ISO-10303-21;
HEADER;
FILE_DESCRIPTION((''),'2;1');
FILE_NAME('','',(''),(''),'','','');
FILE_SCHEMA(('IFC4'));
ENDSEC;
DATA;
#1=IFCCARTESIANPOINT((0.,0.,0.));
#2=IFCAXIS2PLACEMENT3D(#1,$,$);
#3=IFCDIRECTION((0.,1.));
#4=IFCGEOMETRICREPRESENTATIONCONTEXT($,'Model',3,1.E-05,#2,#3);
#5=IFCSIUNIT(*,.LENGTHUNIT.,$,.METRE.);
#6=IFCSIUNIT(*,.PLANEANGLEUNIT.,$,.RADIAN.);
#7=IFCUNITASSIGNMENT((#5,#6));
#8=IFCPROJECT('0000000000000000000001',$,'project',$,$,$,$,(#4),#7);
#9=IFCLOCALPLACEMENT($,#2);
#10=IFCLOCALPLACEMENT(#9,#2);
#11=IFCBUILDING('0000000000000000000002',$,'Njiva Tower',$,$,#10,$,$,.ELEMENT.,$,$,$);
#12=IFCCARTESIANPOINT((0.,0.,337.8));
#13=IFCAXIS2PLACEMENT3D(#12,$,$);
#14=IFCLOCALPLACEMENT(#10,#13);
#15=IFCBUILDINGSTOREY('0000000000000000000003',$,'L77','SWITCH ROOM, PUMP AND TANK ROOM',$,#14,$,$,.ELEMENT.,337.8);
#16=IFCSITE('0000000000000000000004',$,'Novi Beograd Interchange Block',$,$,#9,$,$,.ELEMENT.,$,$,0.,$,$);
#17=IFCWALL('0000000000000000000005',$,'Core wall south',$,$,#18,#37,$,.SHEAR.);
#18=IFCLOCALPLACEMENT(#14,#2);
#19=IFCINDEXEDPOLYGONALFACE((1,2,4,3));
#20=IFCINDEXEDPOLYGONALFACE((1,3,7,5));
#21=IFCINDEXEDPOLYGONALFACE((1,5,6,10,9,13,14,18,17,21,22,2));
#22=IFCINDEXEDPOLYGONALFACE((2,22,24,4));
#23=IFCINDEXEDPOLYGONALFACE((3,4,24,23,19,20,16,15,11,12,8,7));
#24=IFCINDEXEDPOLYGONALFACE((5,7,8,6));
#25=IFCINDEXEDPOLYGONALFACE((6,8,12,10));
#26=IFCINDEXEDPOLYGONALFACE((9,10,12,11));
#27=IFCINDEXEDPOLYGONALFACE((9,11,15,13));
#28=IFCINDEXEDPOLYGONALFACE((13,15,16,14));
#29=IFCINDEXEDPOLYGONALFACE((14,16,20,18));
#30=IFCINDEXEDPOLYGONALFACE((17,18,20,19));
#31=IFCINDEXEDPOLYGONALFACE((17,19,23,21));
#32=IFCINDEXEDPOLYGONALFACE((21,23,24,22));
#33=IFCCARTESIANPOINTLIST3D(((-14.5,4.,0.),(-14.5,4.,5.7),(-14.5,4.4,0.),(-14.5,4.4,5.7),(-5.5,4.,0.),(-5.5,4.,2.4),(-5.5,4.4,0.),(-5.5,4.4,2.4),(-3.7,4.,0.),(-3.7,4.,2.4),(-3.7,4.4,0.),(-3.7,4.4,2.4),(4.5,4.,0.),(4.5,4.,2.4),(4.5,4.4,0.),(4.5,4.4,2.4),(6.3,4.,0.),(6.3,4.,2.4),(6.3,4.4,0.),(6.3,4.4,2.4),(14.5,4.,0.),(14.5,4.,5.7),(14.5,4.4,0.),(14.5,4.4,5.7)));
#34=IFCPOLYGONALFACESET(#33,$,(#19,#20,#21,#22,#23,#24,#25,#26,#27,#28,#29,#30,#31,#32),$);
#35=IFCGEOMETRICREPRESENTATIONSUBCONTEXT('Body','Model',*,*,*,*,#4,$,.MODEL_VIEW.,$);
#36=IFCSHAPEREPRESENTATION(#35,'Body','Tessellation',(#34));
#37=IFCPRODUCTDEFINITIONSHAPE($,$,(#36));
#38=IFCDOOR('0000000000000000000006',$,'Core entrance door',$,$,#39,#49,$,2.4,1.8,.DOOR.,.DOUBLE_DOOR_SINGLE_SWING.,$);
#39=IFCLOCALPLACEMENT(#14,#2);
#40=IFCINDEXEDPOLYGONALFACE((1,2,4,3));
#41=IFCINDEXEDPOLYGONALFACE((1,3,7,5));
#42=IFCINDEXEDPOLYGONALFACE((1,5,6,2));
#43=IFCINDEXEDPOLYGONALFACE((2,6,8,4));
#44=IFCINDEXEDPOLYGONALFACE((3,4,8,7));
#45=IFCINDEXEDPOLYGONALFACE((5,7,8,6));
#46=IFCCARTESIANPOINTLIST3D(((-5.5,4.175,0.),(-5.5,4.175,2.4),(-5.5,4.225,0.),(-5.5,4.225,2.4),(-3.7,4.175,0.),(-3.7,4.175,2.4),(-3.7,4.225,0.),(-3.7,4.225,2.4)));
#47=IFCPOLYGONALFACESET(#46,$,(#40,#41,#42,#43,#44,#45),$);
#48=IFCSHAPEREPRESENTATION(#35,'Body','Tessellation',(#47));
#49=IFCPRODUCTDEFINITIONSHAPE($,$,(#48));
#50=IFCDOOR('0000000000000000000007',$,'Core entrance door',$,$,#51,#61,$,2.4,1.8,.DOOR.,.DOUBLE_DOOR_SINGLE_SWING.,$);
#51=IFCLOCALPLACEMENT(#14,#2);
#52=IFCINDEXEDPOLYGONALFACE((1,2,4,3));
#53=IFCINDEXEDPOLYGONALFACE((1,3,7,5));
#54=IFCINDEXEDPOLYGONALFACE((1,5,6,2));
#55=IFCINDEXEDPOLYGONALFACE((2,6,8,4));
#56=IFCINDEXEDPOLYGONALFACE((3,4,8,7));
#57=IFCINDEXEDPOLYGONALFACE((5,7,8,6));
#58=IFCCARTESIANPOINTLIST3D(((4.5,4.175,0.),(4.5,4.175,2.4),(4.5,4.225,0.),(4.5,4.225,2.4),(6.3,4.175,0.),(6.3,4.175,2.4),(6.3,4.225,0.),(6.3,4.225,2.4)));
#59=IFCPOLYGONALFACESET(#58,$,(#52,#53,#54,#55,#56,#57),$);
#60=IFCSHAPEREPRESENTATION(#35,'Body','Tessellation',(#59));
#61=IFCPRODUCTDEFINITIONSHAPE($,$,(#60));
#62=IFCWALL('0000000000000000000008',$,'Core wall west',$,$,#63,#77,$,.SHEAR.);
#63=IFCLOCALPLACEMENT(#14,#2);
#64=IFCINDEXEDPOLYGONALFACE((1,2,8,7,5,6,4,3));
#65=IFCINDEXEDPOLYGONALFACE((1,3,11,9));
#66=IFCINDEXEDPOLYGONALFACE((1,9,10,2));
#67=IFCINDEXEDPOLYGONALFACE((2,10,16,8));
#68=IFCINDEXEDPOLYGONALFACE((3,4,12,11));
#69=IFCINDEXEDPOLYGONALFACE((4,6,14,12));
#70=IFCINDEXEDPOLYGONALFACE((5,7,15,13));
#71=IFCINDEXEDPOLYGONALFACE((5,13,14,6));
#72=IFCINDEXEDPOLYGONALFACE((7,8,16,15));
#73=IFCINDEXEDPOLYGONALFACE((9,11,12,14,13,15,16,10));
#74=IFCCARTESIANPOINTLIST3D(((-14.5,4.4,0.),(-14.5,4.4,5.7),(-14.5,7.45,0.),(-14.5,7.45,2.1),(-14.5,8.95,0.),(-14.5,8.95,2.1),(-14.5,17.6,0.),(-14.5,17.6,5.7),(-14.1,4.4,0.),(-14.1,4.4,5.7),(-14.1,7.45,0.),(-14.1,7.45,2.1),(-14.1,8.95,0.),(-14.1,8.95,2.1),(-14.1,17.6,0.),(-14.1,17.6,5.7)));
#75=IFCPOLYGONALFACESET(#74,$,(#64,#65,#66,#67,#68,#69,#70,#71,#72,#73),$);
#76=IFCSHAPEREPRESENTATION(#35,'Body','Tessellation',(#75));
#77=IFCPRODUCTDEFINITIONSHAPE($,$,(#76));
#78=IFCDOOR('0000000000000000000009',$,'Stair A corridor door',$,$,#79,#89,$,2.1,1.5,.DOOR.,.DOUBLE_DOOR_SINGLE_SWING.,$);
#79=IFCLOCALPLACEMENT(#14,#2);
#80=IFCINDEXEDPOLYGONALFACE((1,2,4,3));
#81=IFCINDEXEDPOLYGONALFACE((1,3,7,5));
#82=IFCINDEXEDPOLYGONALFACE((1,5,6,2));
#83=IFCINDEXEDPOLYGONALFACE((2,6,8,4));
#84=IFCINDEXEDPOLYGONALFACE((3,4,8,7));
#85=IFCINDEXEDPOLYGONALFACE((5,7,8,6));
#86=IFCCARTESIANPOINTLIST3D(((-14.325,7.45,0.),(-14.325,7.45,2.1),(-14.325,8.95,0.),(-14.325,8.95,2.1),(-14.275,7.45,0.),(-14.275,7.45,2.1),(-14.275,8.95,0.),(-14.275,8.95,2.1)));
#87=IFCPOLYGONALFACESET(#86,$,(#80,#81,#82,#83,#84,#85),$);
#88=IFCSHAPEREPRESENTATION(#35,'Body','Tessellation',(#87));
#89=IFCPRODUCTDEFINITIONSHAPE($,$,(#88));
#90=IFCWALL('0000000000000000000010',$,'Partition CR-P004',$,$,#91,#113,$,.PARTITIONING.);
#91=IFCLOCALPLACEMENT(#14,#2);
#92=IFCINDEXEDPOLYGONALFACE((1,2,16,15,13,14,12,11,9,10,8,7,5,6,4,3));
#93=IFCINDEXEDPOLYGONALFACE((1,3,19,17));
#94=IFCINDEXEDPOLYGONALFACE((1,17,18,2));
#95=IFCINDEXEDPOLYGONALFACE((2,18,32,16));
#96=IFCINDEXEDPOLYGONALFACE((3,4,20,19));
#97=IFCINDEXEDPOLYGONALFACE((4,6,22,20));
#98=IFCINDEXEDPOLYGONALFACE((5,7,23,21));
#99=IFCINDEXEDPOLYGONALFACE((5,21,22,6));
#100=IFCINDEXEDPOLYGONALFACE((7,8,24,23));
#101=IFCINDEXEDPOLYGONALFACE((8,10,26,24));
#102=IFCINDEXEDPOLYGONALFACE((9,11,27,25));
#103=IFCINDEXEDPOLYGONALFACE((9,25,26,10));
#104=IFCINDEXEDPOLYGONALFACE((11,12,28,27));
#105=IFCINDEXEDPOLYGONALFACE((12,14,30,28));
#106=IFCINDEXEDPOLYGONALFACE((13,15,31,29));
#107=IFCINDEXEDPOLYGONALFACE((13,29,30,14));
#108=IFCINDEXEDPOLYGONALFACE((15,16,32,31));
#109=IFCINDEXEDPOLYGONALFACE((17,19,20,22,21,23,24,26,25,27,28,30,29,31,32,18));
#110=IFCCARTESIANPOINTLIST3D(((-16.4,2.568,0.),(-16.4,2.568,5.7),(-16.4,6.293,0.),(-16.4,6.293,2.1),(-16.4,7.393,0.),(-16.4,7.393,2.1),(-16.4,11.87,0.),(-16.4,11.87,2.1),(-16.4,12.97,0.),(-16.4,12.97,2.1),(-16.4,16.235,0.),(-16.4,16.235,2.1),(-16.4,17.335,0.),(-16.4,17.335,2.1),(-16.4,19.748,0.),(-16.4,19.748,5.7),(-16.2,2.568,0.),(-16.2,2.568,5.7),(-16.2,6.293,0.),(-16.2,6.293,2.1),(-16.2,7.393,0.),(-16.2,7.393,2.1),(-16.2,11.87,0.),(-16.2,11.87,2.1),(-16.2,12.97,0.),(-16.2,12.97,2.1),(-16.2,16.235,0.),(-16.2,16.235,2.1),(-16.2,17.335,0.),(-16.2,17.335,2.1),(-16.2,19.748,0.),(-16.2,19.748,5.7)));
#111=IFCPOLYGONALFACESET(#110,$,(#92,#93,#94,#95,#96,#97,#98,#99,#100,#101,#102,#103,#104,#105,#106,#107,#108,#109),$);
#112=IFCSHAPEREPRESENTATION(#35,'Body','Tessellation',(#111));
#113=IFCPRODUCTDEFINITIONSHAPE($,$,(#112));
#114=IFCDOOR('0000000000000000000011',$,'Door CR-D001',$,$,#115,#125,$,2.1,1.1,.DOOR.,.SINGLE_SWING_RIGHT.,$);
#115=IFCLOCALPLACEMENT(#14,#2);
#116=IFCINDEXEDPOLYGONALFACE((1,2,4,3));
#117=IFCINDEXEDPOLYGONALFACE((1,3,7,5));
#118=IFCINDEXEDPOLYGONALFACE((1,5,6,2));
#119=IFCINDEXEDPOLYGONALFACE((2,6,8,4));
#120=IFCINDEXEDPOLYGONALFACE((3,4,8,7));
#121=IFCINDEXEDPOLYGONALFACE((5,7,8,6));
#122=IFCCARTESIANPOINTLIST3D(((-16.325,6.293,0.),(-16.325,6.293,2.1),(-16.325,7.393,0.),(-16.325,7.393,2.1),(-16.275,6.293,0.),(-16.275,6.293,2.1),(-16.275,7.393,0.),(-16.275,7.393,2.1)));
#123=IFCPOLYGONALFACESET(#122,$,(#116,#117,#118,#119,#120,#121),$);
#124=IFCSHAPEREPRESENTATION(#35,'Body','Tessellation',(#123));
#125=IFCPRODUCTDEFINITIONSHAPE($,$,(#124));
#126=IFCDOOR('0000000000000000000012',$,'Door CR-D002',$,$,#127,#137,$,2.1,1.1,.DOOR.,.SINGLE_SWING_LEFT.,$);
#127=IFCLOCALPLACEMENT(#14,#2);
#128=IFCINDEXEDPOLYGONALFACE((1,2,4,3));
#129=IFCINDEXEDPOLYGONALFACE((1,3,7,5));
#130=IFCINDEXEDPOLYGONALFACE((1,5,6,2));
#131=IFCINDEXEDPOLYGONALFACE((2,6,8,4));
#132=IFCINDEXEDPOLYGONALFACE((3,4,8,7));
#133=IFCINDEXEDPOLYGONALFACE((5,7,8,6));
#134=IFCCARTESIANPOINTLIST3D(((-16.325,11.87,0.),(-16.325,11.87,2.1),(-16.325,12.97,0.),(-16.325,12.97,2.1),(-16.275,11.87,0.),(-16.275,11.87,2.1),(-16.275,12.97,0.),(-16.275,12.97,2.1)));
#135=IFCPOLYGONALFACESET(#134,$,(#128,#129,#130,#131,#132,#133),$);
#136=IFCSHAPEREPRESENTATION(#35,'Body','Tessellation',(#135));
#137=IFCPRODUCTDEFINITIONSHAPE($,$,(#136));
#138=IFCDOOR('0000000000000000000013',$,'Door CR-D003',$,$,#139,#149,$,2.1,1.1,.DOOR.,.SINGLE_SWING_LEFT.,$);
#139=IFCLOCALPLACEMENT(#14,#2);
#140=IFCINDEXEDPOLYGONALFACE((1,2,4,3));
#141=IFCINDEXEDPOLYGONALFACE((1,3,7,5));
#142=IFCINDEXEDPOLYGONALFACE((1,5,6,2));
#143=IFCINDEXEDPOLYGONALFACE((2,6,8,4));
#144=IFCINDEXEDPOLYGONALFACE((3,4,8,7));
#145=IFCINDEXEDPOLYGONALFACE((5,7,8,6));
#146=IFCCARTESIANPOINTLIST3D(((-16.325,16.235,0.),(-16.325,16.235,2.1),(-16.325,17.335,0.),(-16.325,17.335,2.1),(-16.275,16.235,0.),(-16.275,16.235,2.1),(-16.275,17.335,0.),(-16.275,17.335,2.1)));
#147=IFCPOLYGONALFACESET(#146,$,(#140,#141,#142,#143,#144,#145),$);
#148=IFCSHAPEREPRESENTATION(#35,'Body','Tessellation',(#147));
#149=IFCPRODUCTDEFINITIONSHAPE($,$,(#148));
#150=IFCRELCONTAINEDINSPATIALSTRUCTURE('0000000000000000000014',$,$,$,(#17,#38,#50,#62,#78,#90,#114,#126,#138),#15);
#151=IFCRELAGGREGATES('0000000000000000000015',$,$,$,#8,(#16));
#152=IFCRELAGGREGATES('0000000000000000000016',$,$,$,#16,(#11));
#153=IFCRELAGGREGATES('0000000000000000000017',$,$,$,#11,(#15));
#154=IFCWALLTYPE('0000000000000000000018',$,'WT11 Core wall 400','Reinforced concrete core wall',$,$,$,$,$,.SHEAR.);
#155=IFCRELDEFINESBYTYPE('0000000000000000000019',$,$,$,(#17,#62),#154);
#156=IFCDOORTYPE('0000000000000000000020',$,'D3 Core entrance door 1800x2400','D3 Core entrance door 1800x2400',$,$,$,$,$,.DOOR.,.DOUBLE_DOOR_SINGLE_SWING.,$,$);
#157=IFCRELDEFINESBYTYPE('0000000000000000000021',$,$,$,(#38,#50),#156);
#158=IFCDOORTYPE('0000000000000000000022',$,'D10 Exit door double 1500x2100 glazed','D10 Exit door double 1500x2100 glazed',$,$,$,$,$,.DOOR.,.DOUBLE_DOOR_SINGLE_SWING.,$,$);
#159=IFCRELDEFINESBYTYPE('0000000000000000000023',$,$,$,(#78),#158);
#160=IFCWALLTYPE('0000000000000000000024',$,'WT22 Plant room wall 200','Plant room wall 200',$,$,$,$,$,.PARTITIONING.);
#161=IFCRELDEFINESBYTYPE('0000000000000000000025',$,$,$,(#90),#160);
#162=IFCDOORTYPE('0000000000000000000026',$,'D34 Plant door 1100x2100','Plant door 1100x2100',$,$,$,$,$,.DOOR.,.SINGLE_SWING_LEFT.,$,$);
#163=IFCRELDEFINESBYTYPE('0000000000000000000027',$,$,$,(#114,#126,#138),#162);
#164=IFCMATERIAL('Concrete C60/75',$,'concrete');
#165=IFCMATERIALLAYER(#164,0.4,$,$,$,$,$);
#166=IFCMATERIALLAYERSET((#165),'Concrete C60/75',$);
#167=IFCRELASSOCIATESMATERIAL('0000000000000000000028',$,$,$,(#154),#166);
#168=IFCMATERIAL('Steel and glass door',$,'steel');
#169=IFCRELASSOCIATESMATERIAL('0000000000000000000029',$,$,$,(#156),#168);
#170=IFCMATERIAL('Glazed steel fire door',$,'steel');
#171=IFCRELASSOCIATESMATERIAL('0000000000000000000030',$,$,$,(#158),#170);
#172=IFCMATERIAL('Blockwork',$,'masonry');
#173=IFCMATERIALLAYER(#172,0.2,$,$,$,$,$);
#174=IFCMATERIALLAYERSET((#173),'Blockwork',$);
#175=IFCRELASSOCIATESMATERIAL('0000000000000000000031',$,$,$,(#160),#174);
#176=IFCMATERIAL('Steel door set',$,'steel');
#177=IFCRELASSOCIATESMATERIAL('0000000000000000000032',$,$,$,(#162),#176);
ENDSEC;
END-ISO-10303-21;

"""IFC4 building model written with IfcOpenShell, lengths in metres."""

from ifc_helpers import new_model, si_unit, direction, frame, frame_2d, origin, place, context, subcontext, project, spatial, rectangle, extrude, material, layer, layer_set, type_object, element, fill, save


model = new_model("IFC4")

# Units and contexts
model_context = context("Model", 3, precision=1e-05, world=origin(), true_north=direction((0.0, 1.0)))
body_context = subcontext(model_context, "Body", "Model", "MODEL_VIEW")
ifc_project = project(units=[si_unit("LENGTHUNIT", "METRE"), si_unit("PLANEANGLEUNIT", "RADIAN")], contexts=[model_context])

# Site, building, storey
site_placement = place(None, origin())
site = spatial("IfcSite", under=ifc_project, at=site_placement, Name="Novi Beograd Interchange Block", CompositionType="ELEMENT", RefElevation=0.0)
building_placement = place(site_placement, origin())
building = spatial("IfcBuilding", under=site, at=building_placement, Name="Njiva Tower", CompositionType="ELEMENT")
storey_placement = place(building_placement, frame((0.0, 0.0, 337.8)))
storey = spatial("IfcBuildingStorey", under=building, at=storey_placement, Name="L77", Description="SWITCH ROOM, PUMP AND TANK ROOM", CompositionType="ELEMENT", Elevation=337.8)

# Wall, openings, doors
ifc_material_1 = material(Name="Concrete C60/75", Category="concrete")
ifc_layer_1 = layer(ifc_material_1, 0.4)
ifc_layer_set_1 = layer_set([ifc_layer_1], Name="Concrete C60/75")
wall_type_1 = type_object("IfcWallType", Name="WT11 Core wall 400", Description="Reinforced concrete core wall", PredefinedType="SHEAR", material=ifc_layer_set_1)
wall_1_placement = place(storey_placement, frame((-14.5, 4.2, 0.0), z_axis=(0.0, 0.0, 1.0), x_axis=(1.0, 0.0, 0.0)))
wall_1 = element("IfcWall", 1, at=wall_1_placement, inside=storey, type_object=wall_type_1, Name="Core wall south", PredefinedType="SHEAR", context=body_context, shape_type="SweptSolid", body=[
    extrude(rectangle(XDim=29.0, YDim=0.4, at=frame_2d((14.5, 0.0))), origin(), (0.0, 0.0, 1.0), 5.7),
])
opening_1_placement = place(wall_1_placement, frame((9.0, 0.0, 0.0)))
opening_1 = element("IfcOpeningElement", 2, at=opening_1_placement, cuts=wall_1, PredefinedType="OPENING", context=body_context, shape_type="SweptSolid", body=[
    extrude(rectangle(XDim=1.8, YDim=2.4, at=frame_2d((0.9, 1.2))), frame((0.0, 0.21, 0.0), z_axis=(0.0, -1.0, 0.0), x_axis=(1.0, 0.0, 0.0)), (0.0, 0.0, 1.0), 0.42),
])
opening_2_placement = place(wall_1_placement, frame((19.0, 0.0, 0.0)))
opening_2 = element("IfcOpeningElement", 3, at=opening_2_placement, cuts=wall_1, PredefinedType="OPENING", context=body_context, shape_type="SweptSolid", body=[
    extrude(rectangle(XDim=1.8, YDim=2.4, at=frame_2d((0.9, 1.2))), frame((0.0, 0.21, 0.0), z_axis=(0.0, -1.0, 0.0), x_axis=(1.0, 0.0, 0.0)), (0.0, 0.0, 1.0), 0.42),
])
ifc_material_2 = material(Name="Steel and glass door", Category="steel")
door_type_1 = type_object("IfcDoorType", Name="D3 Core entrance door 1800x2400", Description="D3 Core entrance door 1800x2400", OperationType="DOUBLE_DOOR_SINGLE_SWING", PredefinedType="DOOR", material=ifc_material_2)
door_1_placement = place(opening_1_placement, origin())
door_1 = element("IfcDoor", 4, at=door_1_placement, inside=storey, type_object=door_type_1, Name="Core entrance door", OperationType="DOUBLE_DOOR_SINGLE_SWING", OverallHeight=2.4, OverallWidth=1.8, PredefinedType="DOOR", context=body_context, shape_type="SweptSolid", body=[
    extrude(rectangle(XDim=1.8, YDim=2.4, at=frame_2d((0.9, 1.2))), frame((0.0, 0.025, 0.0), z_axis=(0.0, -1.0, 0.0), x_axis=(1.0, 0.0, 0.0)), (0.0, 0.0, 1.0), 0.05),
])
fill(opening_1, door_1)
door_2_placement = place(opening_2_placement, origin())
door_2 = element("IfcDoor", 5, at=door_2_placement, inside=storey, type_object=door_type_1, Name="Core entrance door", OperationType="DOUBLE_DOOR_SINGLE_SWING", OverallHeight=2.4, OverallWidth=1.8, PredefinedType="DOOR", context=body_context, shape_type="SweptSolid", body=[
    extrude(rectangle(XDim=1.8, YDim=2.4, at=frame_2d((0.9, 1.2))), frame((0.0, 0.025, 0.0), z_axis=(0.0, -1.0, 0.0), x_axis=(1.0, 0.0, 0.0)), (0.0, 0.0, 1.0), 0.05),
])
fill(opening_2, door_2)

# Wall, opening, door
wall_2_placement = place(storey_placement, frame((-14.3, 4.4, 0.0), z_axis=(0.0, 0.0, 1.0), x_axis=(0.0, 1.0, 0.0)))
wall_2 = element("IfcWall", 6, at=wall_2_placement, inside=storey, type_object=wall_type_1, Name="Core wall west", PredefinedType="SHEAR", context=body_context, shape_type="SweptSolid", body=[
    extrude(rectangle(XDim=13.2, YDim=0.4, at=frame_2d((6.6, 0.0))), origin(), (0.0, 0.0, 1.0), 5.7),
])
opening_3_placement = place(wall_2_placement, frame((3.05, 0.0, 0.0)))
opening_3 = element("IfcOpeningElement", 7, at=opening_3_placement, cuts=wall_2, PredefinedType="OPENING", context=body_context, shape_type="SweptSolid", body=[
    extrude(rectangle(XDim=1.5, YDim=2.1, at=frame_2d((0.75, 1.05))), frame((0.0, 0.21, 0.0), z_axis=(0.0, -1.0, 0.0), x_axis=(1.0, 0.0, 0.0)), (0.0, 0.0, 1.0), 0.42),
])
ifc_material_3 = material(Name="Glazed steel fire door", Category="steel")
door_type_2 = type_object("IfcDoorType", Name="D10 Exit door double 1500x2100 glazed", Description="D10 Exit door double 1500x2100 glazed", OperationType="DOUBLE_DOOR_SINGLE_SWING", PredefinedType="DOOR", material=ifc_material_3)
door_3_placement = place(opening_3_placement, origin())
door_3 = element("IfcDoor", 8, at=door_3_placement, inside=storey, type_object=door_type_2, Name="Stair A corridor door", OperationType="DOUBLE_DOOR_SINGLE_SWING", OverallHeight=2.1, OverallWidth=1.5, PredefinedType="DOOR", context=body_context, shape_type="SweptSolid", body=[
    extrude(rectangle(XDim=1.5, YDim=2.1, at=frame_2d((0.75, 1.05))), frame((0.0, 0.025, 0.0), z_axis=(0.0, -1.0, 0.0), x_axis=(1.0, 0.0, 0.0)), (0.0, 0.0, 1.0), 0.05),
])
fill(opening_3, door_3)

# Wall, openings, doors
ifc_material_4 = material(Name="Blockwork", Category="masonry")
ifc_layer_2 = layer(ifc_material_4, 0.2)
ifc_layer_set_2 = layer_set([ifc_layer_2], Name="Blockwork")
wall_type_2 = type_object("IfcWallType", Name="WT22 Plant room wall 200", Description="Plant room wall 200", PredefinedType="PARTITIONING", material=ifc_layer_set_2)
wall_3_placement = place(storey_placement, frame((-16.3, 2.568, 0.0), z_axis=(0.0, 0.0, 1.0), x_axis=(0.0, 1.0, 0.0)))
wall_3 = element("IfcWall", 9, at=wall_3_placement, inside=storey, type_object=wall_type_2, Name="Partition CR-P004", PredefinedType="PARTITIONING", context=body_context, shape_type="SweptSolid", body=[
    extrude(rectangle(XDim=17.18, YDim=0.2, at=frame_2d((8.59, 0.0))), origin(), (0.0, 0.0, 1.0), 5.7),
])
opening_4_placement = place(wall_3_placement, frame((3.725, 0.0, 0.0)))
opening_4 = element("IfcOpeningElement", 10, at=opening_4_placement, cuts=wall_3, PredefinedType="OPENING", context=body_context, shape_type="SweptSolid", body=[
    extrude(rectangle(XDim=1.1, YDim=2.1, at=frame_2d((0.55, 1.05))), frame((0.0, 0.11, 0.0), z_axis=(0.0, -1.0, 0.0), x_axis=(1.0, 0.0, 0.0)), (0.0, 0.0, 1.0), 0.22),
])
opening_5_placement = place(wall_3_placement, frame((9.302, 0.0, 0.0)))
opening_5 = element("IfcOpeningElement", 11, at=opening_5_placement, cuts=wall_3, PredefinedType="OPENING", context=body_context, shape_type="SweptSolid", body=[
    extrude(rectangle(XDim=1.1, YDim=2.1, at=frame_2d((0.55, 1.05))), frame((0.0, 0.11, 0.0), z_axis=(0.0, -1.0, 0.0), x_axis=(1.0, 0.0, 0.0)), (0.0, 0.0, 1.0), 0.22),
])
opening_6_placement = place(wall_3_placement, frame((13.667, 0.0, 0.0)))
opening_6 = element("IfcOpeningElement", 12, at=opening_6_placement, cuts=wall_3, PredefinedType="OPENING", context=body_context, shape_type="SweptSolid", body=[
    extrude(rectangle(XDim=1.1, YDim=2.1, at=frame_2d((0.55, 1.05))), frame((0.0, 0.11, 0.0), z_axis=(0.0, -1.0, 0.0), x_axis=(1.0, 0.0, 0.0)), (0.0, 0.0, 1.0), 0.22),
])
ifc_material_5 = material(Name="Steel door set", Category="steel")
door_type_3 = type_object("IfcDoorType", Name="D34 Plant door 1100x2100", Description="Plant door 1100x2100", OperationType="SINGLE_SWING_LEFT", PredefinedType="DOOR", material=ifc_material_5)
door_4_placement = place(opening_4_placement, origin())
door_4 = element("IfcDoor", 13, at=door_4_placement, inside=storey, type_object=door_type_3, Name="Door CR-D001", OperationType="SINGLE_SWING_RIGHT", OverallHeight=2.1, OverallWidth=1.1, PredefinedType="DOOR", context=body_context, shape_type="SweptSolid", body=[
    extrude(rectangle(XDim=1.1, YDim=2.1, at=frame_2d((0.55, 1.05))), frame((0.0, 0.025, 0.0), z_axis=(0.0, -1.0, 0.0), x_axis=(1.0, 0.0, 0.0)), (0.0, 0.0, 1.0), 0.05),
])
fill(opening_4, door_4)
door_5_placement = place(opening_5_placement, origin())
door_5 = element("IfcDoor", 14, at=door_5_placement, inside=storey, type_object=door_type_3, Name="Door CR-D002", OperationType="SINGLE_SWING_LEFT", OverallHeight=2.1, OverallWidth=1.1, PredefinedType="DOOR", context=body_context, shape_type="SweptSolid", body=[
    extrude(rectangle(XDim=1.1, YDim=2.1, at=frame_2d((0.55, 1.05))), frame((0.0, 0.025, 0.0), z_axis=(0.0, -1.0, 0.0), x_axis=(1.0, 0.0, 0.0)), (0.0, 0.0, 1.0), 0.05),
])
fill(opening_5, door_5)
door_6_placement = place(opening_6_placement, origin())
door_6 = element("IfcDoor", 15, at=door_6_placement, inside=storey, type_object=door_type_3, Name="Door CR-D003", OperationType="SINGLE_SWING_LEFT", OverallHeight=2.1, OverallWidth=1.1, PredefinedType="DOOR", context=body_context, shape_type="SweptSolid", body=[
    extrude(rectangle(XDim=1.1, YDim=2.1, at=frame_2d((0.55, 1.05))), frame((0.0, 0.025, 0.0), z_axis=(0.0, -1.0, 0.0), x_axis=(1.0, 0.0, 0.0)), (0.0, 0.0, 1.0), 0.05),
])
fill(opening_6, door_6)

save(model, "model.ifc")
